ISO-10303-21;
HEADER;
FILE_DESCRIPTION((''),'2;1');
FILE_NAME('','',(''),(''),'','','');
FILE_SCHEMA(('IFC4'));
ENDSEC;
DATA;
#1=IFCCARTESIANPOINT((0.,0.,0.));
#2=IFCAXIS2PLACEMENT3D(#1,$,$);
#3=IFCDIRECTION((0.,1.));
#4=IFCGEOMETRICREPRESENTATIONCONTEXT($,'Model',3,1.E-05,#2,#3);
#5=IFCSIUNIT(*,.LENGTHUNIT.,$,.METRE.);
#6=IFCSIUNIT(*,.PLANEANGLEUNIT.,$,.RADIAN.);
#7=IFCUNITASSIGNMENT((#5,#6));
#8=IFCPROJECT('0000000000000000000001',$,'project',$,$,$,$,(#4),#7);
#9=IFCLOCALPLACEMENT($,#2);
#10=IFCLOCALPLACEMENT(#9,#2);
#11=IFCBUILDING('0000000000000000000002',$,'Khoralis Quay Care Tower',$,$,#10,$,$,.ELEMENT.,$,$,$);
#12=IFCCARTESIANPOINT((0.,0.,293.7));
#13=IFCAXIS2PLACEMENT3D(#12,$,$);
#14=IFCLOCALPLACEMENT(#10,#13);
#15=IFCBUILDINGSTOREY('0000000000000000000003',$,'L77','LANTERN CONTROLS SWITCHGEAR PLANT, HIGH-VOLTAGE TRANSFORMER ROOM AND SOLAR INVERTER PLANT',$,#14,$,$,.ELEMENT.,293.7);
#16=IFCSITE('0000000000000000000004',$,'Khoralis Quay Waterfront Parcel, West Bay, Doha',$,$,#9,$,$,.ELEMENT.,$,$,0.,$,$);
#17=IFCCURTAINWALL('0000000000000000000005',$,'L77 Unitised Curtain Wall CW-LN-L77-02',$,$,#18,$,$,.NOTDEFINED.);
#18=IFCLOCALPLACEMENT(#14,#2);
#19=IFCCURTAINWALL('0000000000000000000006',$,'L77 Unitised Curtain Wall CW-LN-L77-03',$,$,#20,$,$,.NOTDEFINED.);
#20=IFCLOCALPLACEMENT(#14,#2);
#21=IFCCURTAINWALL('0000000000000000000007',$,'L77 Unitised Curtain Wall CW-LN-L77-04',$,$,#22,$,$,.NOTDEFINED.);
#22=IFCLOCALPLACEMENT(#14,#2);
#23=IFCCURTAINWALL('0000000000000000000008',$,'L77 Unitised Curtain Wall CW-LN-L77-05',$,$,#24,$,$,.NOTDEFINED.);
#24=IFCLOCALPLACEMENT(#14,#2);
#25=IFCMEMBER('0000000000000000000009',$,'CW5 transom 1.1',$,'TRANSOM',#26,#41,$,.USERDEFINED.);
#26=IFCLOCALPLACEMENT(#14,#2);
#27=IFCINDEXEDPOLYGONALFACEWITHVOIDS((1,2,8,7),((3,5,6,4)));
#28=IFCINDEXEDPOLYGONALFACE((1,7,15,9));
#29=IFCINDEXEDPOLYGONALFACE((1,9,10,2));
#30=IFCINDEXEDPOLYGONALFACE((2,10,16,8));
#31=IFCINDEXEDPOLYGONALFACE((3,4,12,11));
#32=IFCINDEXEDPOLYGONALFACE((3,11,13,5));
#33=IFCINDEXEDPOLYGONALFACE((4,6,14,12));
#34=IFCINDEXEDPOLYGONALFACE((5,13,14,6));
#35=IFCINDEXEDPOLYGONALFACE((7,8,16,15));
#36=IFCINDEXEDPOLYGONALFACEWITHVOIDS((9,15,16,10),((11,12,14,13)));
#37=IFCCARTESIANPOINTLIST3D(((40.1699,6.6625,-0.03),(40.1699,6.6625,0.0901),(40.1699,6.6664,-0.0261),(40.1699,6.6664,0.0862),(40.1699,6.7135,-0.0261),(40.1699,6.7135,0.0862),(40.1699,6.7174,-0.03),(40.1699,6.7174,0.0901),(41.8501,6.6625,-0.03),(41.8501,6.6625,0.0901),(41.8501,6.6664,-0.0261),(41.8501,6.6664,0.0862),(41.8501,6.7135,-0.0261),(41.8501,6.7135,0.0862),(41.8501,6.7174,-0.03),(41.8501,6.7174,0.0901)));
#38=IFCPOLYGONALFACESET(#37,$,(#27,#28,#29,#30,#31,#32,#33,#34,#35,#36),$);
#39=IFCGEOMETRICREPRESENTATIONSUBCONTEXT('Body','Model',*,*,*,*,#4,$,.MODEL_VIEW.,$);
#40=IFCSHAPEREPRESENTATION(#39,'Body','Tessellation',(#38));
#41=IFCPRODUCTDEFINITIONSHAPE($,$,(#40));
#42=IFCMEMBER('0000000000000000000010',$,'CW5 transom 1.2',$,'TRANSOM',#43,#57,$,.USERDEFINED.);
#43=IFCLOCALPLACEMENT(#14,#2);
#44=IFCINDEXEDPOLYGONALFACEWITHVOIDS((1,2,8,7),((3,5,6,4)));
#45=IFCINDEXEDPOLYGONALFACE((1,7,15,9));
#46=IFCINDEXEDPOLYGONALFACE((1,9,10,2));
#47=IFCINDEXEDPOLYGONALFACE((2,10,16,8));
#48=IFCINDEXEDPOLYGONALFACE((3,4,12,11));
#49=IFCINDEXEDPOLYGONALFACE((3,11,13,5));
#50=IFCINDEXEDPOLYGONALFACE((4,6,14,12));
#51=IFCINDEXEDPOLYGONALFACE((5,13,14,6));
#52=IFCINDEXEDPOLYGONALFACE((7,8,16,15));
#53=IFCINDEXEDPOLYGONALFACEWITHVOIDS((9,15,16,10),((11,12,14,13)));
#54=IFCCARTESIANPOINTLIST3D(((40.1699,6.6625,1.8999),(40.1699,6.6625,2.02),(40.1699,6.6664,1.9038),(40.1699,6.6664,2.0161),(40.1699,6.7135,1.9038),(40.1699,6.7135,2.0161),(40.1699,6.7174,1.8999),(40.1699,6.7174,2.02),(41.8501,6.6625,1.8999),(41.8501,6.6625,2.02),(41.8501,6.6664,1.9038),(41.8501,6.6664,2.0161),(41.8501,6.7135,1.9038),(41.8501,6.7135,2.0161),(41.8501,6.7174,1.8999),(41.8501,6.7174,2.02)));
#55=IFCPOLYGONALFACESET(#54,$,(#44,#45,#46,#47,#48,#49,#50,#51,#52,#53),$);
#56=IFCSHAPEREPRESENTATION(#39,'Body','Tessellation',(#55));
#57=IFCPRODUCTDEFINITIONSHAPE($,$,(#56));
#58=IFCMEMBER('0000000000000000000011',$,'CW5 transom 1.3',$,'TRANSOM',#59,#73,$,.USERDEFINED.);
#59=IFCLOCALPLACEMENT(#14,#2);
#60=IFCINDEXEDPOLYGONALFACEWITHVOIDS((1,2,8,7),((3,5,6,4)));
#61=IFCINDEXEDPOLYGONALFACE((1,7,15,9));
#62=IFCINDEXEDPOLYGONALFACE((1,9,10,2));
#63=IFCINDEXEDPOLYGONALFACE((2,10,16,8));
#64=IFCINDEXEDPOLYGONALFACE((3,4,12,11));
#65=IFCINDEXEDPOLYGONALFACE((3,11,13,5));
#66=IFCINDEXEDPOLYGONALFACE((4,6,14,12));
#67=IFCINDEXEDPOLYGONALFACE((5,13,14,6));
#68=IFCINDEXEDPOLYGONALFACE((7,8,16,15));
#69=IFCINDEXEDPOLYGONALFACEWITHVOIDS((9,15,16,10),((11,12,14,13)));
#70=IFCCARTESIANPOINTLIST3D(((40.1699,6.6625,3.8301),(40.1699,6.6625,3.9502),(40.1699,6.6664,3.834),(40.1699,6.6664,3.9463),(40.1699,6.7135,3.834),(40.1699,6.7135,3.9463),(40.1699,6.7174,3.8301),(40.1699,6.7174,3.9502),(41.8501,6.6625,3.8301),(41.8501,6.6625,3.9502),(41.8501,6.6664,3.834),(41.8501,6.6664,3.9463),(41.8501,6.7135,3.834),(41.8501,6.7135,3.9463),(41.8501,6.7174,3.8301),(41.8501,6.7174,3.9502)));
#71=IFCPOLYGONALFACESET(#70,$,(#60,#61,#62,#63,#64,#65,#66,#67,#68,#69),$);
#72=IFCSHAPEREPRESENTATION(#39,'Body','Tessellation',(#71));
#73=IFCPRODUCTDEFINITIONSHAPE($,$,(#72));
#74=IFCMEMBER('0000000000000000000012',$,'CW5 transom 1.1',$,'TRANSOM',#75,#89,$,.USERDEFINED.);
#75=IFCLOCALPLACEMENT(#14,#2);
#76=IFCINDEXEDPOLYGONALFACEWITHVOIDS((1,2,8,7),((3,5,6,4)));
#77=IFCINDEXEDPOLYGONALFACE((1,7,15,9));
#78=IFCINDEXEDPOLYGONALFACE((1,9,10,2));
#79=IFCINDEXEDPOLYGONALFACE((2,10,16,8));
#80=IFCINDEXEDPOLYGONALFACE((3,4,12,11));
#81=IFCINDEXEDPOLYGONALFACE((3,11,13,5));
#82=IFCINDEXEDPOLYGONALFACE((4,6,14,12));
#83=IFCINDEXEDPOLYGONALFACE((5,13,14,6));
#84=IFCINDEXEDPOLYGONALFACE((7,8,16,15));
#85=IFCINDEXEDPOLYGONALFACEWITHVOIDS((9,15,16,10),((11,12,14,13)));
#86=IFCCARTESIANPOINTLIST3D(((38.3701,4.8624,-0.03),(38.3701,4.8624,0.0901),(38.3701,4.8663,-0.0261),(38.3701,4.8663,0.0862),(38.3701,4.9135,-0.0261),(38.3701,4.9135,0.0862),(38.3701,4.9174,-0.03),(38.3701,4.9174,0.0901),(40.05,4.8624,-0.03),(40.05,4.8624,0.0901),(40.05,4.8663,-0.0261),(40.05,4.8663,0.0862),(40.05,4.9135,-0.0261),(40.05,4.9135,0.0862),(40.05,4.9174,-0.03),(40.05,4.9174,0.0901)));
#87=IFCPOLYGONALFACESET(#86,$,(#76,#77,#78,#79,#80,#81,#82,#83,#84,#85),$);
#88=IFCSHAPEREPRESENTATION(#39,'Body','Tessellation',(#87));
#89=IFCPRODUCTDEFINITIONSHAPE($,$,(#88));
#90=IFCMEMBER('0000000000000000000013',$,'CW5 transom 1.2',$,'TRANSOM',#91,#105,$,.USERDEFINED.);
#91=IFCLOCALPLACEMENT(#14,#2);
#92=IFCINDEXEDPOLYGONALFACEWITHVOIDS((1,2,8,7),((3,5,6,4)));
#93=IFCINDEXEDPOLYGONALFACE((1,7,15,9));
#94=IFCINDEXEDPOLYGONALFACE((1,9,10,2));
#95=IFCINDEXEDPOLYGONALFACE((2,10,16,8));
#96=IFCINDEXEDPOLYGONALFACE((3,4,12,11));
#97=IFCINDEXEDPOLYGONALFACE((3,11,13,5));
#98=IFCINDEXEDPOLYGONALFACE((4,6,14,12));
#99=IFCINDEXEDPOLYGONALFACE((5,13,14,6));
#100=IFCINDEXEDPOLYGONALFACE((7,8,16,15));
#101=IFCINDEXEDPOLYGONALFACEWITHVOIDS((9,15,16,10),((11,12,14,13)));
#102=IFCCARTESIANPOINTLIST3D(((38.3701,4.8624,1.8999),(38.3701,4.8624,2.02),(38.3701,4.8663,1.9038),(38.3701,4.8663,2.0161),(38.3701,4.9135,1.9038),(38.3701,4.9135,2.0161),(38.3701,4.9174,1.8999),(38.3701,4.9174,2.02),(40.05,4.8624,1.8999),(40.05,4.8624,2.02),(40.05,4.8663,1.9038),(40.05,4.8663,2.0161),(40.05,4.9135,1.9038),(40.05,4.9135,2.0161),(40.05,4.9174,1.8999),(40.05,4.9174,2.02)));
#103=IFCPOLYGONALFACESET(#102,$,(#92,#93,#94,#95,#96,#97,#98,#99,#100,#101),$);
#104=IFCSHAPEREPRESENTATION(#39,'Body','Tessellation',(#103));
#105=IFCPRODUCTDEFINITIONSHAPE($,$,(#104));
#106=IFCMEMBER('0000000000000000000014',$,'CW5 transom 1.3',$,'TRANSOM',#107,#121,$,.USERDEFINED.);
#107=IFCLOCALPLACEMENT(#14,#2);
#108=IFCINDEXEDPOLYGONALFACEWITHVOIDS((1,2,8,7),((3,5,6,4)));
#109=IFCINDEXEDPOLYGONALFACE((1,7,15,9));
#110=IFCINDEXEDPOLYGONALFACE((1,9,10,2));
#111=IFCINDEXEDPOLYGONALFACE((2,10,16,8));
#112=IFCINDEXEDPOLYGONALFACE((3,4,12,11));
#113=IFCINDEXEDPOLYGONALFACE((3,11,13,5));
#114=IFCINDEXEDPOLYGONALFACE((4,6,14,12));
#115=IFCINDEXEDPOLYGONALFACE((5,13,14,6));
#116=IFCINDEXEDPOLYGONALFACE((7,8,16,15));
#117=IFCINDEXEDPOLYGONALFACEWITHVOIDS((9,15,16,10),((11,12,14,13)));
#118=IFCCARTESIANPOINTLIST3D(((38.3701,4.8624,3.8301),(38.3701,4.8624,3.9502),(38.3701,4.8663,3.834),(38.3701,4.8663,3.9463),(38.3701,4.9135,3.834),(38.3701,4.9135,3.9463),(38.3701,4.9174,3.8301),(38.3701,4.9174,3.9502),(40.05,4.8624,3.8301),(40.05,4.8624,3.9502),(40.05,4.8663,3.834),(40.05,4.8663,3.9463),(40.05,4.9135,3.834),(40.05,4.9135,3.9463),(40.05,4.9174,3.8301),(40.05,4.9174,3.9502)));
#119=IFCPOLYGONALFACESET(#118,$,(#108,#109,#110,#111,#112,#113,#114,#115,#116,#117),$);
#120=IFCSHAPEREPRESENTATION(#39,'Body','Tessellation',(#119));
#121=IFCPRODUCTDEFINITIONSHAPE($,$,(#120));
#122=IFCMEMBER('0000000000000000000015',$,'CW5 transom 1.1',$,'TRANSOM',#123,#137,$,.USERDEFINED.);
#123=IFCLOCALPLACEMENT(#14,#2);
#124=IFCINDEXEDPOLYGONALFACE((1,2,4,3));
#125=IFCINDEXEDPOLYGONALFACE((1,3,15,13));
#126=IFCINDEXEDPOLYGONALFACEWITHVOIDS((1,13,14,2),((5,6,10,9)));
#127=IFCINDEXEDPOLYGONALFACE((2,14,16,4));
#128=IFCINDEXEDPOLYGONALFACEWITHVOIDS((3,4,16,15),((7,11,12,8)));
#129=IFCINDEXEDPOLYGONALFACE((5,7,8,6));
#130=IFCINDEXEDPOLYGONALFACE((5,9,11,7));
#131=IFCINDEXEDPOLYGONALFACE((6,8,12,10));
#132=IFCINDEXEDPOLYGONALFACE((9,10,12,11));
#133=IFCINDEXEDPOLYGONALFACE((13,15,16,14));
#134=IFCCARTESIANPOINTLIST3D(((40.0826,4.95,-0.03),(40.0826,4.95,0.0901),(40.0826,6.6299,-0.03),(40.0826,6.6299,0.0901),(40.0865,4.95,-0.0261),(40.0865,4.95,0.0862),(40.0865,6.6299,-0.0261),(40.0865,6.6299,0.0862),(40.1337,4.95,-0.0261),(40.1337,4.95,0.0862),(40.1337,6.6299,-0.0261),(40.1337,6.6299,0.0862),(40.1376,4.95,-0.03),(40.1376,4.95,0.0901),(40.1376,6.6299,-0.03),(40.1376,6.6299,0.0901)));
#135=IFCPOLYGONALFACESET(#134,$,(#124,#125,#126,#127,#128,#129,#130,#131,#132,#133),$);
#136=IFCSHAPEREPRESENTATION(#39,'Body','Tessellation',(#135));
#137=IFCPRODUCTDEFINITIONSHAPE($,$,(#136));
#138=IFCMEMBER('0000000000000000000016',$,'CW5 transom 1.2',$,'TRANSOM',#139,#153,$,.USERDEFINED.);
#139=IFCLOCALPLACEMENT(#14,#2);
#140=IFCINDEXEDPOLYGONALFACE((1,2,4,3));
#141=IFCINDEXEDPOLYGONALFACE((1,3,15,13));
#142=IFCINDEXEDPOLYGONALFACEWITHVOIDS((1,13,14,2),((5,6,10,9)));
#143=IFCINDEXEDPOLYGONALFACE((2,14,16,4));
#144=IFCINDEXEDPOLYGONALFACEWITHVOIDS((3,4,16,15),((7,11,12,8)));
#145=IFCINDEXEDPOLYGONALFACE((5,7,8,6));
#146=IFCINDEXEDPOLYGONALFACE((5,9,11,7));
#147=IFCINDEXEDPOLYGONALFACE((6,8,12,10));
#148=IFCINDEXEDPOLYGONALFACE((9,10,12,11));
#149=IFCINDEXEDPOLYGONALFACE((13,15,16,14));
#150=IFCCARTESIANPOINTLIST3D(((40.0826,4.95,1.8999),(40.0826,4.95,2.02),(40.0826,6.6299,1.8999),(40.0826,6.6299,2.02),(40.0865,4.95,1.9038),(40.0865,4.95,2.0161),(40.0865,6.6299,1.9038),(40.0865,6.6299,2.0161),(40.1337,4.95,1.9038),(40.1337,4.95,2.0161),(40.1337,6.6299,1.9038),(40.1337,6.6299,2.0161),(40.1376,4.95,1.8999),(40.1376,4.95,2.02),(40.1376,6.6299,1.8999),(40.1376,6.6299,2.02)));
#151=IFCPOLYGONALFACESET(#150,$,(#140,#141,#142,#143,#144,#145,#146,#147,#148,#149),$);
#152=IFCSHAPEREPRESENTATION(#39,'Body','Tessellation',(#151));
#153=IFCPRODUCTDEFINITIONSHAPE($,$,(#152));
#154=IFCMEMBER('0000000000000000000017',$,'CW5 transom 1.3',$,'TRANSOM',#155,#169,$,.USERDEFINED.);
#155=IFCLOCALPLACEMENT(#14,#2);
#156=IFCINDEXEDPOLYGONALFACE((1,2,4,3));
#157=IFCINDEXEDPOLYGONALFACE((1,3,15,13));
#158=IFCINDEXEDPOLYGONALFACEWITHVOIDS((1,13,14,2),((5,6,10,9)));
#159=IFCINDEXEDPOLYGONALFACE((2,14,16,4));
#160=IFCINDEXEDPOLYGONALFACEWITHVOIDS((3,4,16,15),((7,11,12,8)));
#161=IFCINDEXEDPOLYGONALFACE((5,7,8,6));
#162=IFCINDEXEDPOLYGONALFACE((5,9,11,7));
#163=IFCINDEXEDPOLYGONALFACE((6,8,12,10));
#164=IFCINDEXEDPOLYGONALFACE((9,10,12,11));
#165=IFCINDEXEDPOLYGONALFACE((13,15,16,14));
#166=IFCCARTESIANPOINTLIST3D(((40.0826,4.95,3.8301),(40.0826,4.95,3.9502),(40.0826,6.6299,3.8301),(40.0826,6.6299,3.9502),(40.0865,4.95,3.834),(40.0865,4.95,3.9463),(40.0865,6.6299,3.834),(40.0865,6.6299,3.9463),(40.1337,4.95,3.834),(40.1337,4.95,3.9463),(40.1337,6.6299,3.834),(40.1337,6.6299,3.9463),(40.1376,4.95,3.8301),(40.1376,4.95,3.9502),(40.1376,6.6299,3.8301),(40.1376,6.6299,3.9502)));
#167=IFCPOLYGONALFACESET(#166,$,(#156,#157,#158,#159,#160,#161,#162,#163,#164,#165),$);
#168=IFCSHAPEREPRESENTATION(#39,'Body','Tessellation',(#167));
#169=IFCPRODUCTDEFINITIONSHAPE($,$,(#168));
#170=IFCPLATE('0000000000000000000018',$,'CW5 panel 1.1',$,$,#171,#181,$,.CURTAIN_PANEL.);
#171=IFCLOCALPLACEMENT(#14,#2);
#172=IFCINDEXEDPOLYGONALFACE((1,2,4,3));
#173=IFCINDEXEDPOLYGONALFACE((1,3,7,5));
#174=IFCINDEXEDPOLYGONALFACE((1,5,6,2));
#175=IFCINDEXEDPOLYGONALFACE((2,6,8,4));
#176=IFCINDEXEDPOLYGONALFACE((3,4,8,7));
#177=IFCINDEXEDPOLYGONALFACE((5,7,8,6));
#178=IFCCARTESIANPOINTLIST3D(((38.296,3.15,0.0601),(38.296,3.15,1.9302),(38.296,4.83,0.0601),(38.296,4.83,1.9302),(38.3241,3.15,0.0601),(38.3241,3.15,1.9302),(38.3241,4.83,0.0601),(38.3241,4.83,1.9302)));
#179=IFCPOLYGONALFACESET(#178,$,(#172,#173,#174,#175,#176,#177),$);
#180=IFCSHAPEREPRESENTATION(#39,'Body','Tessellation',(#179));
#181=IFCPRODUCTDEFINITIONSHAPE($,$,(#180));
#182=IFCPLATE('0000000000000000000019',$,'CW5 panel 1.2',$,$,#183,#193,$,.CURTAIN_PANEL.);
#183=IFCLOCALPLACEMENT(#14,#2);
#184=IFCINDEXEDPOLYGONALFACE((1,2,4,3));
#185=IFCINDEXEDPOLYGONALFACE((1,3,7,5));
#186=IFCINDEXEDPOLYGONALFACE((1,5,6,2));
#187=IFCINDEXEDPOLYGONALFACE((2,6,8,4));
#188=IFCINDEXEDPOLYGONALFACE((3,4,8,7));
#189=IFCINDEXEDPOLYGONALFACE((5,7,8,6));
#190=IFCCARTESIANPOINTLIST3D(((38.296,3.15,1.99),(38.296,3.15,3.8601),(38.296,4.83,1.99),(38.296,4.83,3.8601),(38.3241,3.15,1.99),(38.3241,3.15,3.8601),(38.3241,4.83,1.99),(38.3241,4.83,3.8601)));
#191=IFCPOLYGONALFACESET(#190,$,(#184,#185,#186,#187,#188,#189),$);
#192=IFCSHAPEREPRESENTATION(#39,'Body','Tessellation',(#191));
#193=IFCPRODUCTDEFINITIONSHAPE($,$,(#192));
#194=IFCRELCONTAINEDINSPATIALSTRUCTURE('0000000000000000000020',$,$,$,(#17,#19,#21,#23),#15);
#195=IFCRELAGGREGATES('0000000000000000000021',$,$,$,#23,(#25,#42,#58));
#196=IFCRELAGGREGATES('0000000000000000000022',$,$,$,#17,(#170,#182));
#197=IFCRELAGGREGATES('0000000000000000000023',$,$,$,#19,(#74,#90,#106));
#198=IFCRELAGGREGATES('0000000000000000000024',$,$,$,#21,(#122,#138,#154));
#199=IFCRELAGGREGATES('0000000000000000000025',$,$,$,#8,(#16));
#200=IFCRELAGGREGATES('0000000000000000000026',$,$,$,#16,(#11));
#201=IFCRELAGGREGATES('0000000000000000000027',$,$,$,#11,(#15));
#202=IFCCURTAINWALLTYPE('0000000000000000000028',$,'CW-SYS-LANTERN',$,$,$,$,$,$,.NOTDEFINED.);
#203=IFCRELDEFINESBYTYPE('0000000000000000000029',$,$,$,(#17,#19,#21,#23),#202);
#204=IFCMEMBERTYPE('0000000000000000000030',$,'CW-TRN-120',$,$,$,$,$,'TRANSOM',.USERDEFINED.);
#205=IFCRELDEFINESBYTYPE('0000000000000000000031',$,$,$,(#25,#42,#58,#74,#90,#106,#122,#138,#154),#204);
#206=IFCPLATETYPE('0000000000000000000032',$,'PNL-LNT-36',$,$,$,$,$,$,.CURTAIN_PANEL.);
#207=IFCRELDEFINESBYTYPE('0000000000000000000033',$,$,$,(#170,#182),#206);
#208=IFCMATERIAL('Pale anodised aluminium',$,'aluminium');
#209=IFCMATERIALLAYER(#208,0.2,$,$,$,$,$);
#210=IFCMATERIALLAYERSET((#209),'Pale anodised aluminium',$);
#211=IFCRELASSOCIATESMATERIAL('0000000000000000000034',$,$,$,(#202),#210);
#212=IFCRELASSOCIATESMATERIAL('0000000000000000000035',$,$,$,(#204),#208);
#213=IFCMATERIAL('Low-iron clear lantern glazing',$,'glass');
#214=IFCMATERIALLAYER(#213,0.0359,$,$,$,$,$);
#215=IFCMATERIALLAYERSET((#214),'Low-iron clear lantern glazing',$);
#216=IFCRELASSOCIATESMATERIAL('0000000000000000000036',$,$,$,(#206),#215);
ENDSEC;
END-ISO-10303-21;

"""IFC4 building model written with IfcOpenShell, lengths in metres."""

from ifc_helpers import new_model, si_unit, direction, frame, origin, origin_2d, place, context, subcontext, project, spatial, rectangle, hollow_rectangle, extrude, source, transform, mapped, material, layer, layer_set, material_profile, profile_set, type_object, element, aggregate, save


model = new_model("IFC4")

# Units and contexts
model_context = context("Model", 3, precision=1e-05, world=origin(), true_north=direction((0.0, 1.0)))
body_context = subcontext(model_context, "Body", "Model", "MODEL_VIEW")
ifc_project = project(units=[si_unit("LENGTHUNIT", "METRE"), si_unit("PLANEANGLEUNIT", "RADIAN")], contexts=[model_context])

# Site, building, storey
site_placement = place(None, origin())
site = spatial("IfcSite", under=ifc_project, at=site_placement, Name="Khoralis Quay Waterfront Parcel, West Bay, Doha", CompositionType="ELEMENT", RefElevation=0.0)
building_placement = place(site_placement, origin())
building = spatial("IfcBuilding", under=site, at=building_placement, Name="Khoralis Quay Care Tower", CompositionType="ELEMENT")
storey_placement = place(building_placement, frame((0.0, 0.0, 293.7)))
storey = spatial("IfcBuildingStorey", under=building, at=storey_placement, Name="L77", Description="LANTERN CONTROLS SWITCHGEAR PLANT, HIGH-VOLTAGE TRANSFORMER ROOM AND SOLAR INVERTER PLANT", CompositionType="ELEMENT", Elevation=293.7)

# Shared definitions
ifc_material_1 = material(Name="Pale anodised aluminium", Category="aluminium")
ifc_layer_1 = layer(ifc_material_1, 0.2)
ifc_layer_set_1 = layer_set([ifc_layer_1], Name="Pale anodised aluminium")
curtain_wall_type = type_object("IfcCurtainWallType", Name="CW-SYS-LANTERN", PredefinedType="NOTDEFINED", material=ifc_layer_set_1)

# Curtain walls
curtain_wall_1_placement = place(storey_placement, origin())
curtain_wall_1 = element("IfcCurtainWall", 1, at=curtain_wall_1_placement, inside=storey, type_object=curtain_wall_type, Name="L77 Unitised Curtain Wall CW-LN-L77-02", PredefinedType="NOTDEFINED")
curtain_wall_2_placement = place(storey_placement, origin())
curtain_wall_2 = element("IfcCurtainWall", 2, at=curtain_wall_2_placement, inside=storey, type_object=curtain_wall_type, Name="L77 Unitised Curtain Wall CW-LN-L77-03", PredefinedType="NOTDEFINED")
curtain_wall_3_placement = place(storey_placement, origin())
curtain_wall_3 = element("IfcCurtainWall", 3, at=curtain_wall_3_placement, inside=storey, type_object=curtain_wall_type, Name="L77 Unitised Curtain Wall CW-LN-L77-04", PredefinedType="NOTDEFINED")

# Curtain wall
curtain_wall_4_placement = place(storey_placement, origin())
curtain_wall_4 = element("IfcCurtainWall", 4, at=curtain_wall_4_placement, inside=storey, type_object=curtain_wall_type, Name="L77 Unitised Curtain Wall CW-LN-L77-05", PredefinedType="NOTDEFINED")

# Members
ifc_material_profile_1 = material_profile(ifc_material_1, hollow_rectangle(XDim=0.0549, YDim=0.1201, WallThickness=0.0039, at=origin_2d()), Name="Pale anodised aluminium")
ifc_profile_set_1 = profile_set([ifc_material_profile_1], Name="Pale anodised aluminium")
member_type_1 = type_object("IfcMemberType", Name="CW-TRN-120", ElementType="TRANSOM", PredefinedType="USERDEFINED", material=ifc_profile_set_1)
shared_shape_1 = source(origin(), body_context, "Body", "SweptSolid", [
    extrude(hollow_rectangle(XDim=0.0549, YDim=0.1201, WallThickness=0.0039, at=origin_2d()), origin(), (0.0, 0.0, 1.0), 1.6802),
])
member_1_placement = place(storey_placement, frame((40.1699, 6.6899, 0.03), z_axis=(1.0, 0.0, 0.0), x_axis=(0.0, 1.0, 0.0)))
member_1 = element("IfcMember", 5, at=member_1_placement, type_object=member_type_1, Name="CW5 transom 1.1", ObjectType="TRANSOM", PredefinedType="USERDEFINED", context=body_context, shape_type="MappedRepresentation", body=[
    mapped(shared_shape_1, transform((0.0, 0.0, 0.0), scale=1.0)),
])
member_2_placement = place(storey_placement, frame((40.1699, 6.6899, 1.96), z_axis=(1.0, 0.0, 0.0), x_axis=(0.0, 1.0, 0.0)))
member_2 = element("IfcMember", 6, at=member_2_placement, type_object=member_type_1, Name="CW5 transom 1.2", ObjectType="TRANSOM", PredefinedType="USERDEFINED", context=body_context, shape_type="MappedRepresentation", body=[
    mapped(shared_shape_1, transform((0.0, 0.0, 0.0), scale=1.0)),
])
member_3_placement = place(storey_placement, frame((40.1699, 6.6899, 3.8901), z_axis=(1.0, 0.0, 0.0), x_axis=(0.0, 1.0, 0.0)))
member_3 = element("IfcMember", 7, at=member_3_placement, type_object=member_type_1, Name="CW5 transom 1.3", ObjectType="TRANSOM", PredefinedType="USERDEFINED", context=body_context, shape_type="MappedRepresentation", body=[
    mapped(shared_shape_1, transform((0.0, 0.0, 0.0), scale=1.0)),
])
aggregate(curtain_wall_4, [member_1, member_2, member_3])
shared_shape_2 = source(origin(), body_context, "Body", "SweptSolid", [
    extrude(hollow_rectangle(XDim=0.0549, YDim=0.1201, WallThickness=0.0039, at=origin_2d()), origin(), (0.0, 0.0, 1.0), 1.6799),
])
member_4_placement = place(storey_placement, frame((38.3701, 4.8899, 0.03), z_axis=(1.0, 0.0, 0.0), x_axis=(0.0, 1.0, 0.0)))
member_4 = element("IfcMember", 8, at=member_4_placement, type_object=member_type_1, Name="CW5 transom 1.1", ObjectType="TRANSOM", PredefinedType="USERDEFINED", context=body_context, shape_type="MappedRepresentation", body=[
    mapped(shared_shape_2, transform((0.0, 0.0, 0.0), scale=1.0)),
])
member_5_placement = place(storey_placement, frame((38.3701, 4.8899, 1.96), z_axis=(1.0, 0.0, 0.0), x_axis=(0.0, 1.0, 0.0)))
member_5 = element("IfcMember", 9, at=member_5_placement, type_object=member_type_1, Name="CW5 transom 1.2", ObjectType="TRANSOM", PredefinedType="USERDEFINED", context=body_context, shape_type="MappedRepresentation", body=[
    mapped(shared_shape_2, transform((0.0, 0.0, 0.0), scale=1.0)),
])
member_6_placement = place(storey_placement, frame((38.3701, 4.8899, 3.8901), z_axis=(1.0, 0.0, 0.0), x_axis=(0.0, 1.0, 0.0)))
member_6 = element("IfcMember", 10, at=member_6_placement, type_object=member_type_1, Name="CW5 transom 1.3", ObjectType="TRANSOM", PredefinedType="USERDEFINED", context=body_context, shape_type="MappedRepresentation", body=[
    mapped(shared_shape_2, transform((0.0, 0.0, 0.0), scale=1.0)),
])
member_7_placement = place(storey_placement, frame((40.1101, 4.95, 0.03), z_axis=(0.0, 1.0, 0.0), x_axis=(-1.0, 0.0, 0.0)))
member_7 = element("IfcMember", 11, at=member_7_placement, type_object=member_type_1, Name="CW5 transom 1.1", ObjectType="TRANSOM", PredefinedType="USERDEFINED", context=body_context, shape_type="MappedRepresentation", body=[
    mapped(shared_shape_2, transform((0.0, 0.0, 0.0), scale=1.0)),
])
member_8_placement = place(storey_placement, frame((40.1101, 4.95, 1.96), z_axis=(0.0, 1.0, 0.0), x_axis=(-1.0, 0.0, 0.0)))
member_8 = element("IfcMember", 12, at=member_8_placement, type_object=member_type_1, Name="CW5 transom 1.2", ObjectType="TRANSOM", PredefinedType="USERDEFINED", context=body_context, shape_type="MappedRepresentation", body=[
    mapped(shared_shape_2, transform((0.0, 0.0, 0.0), scale=1.0)),
])
member_9_placement = place(storey_placement, frame((40.1101, 4.95, 3.8901), z_axis=(0.0, 1.0, 0.0), x_axis=(-1.0, 0.0, 0.0)))
member_9 = element("IfcMember", 13, at=member_9_placement, type_object=member_type_1, Name="CW5 transom 1.3", ObjectType="TRANSOM", PredefinedType="USERDEFINED", context=body_context, shape_type="MappedRepresentation", body=[
    mapped(shared_shape_2, transform((0.0, 0.0, 0.0), scale=1.0)),
])

# Plates
ifc_material_2 = material(Name="Low-iron clear lantern glazing", Category="glass")
ifc_layer_2 = layer(ifc_material_2, 0.0359)
ifc_layer_set_2 = layer_set([ifc_layer_2], Name="Low-iron clear lantern glazing")
plate_type = type_object("IfcPlateType", Name="PNL-LNT-36", PredefinedType="CURTAIN_PANEL", material=ifc_layer_set_2)
shared_shape_3 = source(origin(), body_context, "Body", "SweptSolid", [
    extrude(rectangle(XDim=1.6799, YDim=0.0281, at=origin_2d()), origin(), (0.0, 0.0, 1.0), 1.8701),
])
plate_1_placement = place(storey_placement, frame((38.3101, 3.99, 0.0601), z_axis=(0.0, 0.0, 1.0), x_axis=(0.0, 1.0, 0.0)))
plate_1 = element("IfcPlate", 14, at=plate_1_placement, type_object=plate_type, Name="CW5 panel 1.1", PredefinedType="CURTAIN_PANEL", context=body_context, shape_type="MappedRepresentation", body=[
    mapped(shared_shape_3, transform((0.0, 0.0, 0.0), scale=1.0)),
])
plate_2_placement = place(storey_placement, frame((38.3101, 3.99, 1.99), z_axis=(0.0, 0.0, 1.0), x_axis=(0.0, 1.0, 0.0)))
plate_2 = element("IfcPlate", 15, at=plate_2_placement, type_object=plate_type, Name="CW5 panel 1.2", PredefinedType="CURTAIN_PANEL", context=body_context, shape_type="MappedRepresentation", body=[
    mapped(shared_shape_3, transform((0.0, 0.0, 0.0), scale=1.0)),
])
aggregate(curtain_wall_1, [plate_1, plate_2])
aggregate(curtain_wall_2, [member_4, member_5, member_6])
aggregate(curtain_wall_3, [member_7, member_8, member_9])

save(model, "model.ifc")
